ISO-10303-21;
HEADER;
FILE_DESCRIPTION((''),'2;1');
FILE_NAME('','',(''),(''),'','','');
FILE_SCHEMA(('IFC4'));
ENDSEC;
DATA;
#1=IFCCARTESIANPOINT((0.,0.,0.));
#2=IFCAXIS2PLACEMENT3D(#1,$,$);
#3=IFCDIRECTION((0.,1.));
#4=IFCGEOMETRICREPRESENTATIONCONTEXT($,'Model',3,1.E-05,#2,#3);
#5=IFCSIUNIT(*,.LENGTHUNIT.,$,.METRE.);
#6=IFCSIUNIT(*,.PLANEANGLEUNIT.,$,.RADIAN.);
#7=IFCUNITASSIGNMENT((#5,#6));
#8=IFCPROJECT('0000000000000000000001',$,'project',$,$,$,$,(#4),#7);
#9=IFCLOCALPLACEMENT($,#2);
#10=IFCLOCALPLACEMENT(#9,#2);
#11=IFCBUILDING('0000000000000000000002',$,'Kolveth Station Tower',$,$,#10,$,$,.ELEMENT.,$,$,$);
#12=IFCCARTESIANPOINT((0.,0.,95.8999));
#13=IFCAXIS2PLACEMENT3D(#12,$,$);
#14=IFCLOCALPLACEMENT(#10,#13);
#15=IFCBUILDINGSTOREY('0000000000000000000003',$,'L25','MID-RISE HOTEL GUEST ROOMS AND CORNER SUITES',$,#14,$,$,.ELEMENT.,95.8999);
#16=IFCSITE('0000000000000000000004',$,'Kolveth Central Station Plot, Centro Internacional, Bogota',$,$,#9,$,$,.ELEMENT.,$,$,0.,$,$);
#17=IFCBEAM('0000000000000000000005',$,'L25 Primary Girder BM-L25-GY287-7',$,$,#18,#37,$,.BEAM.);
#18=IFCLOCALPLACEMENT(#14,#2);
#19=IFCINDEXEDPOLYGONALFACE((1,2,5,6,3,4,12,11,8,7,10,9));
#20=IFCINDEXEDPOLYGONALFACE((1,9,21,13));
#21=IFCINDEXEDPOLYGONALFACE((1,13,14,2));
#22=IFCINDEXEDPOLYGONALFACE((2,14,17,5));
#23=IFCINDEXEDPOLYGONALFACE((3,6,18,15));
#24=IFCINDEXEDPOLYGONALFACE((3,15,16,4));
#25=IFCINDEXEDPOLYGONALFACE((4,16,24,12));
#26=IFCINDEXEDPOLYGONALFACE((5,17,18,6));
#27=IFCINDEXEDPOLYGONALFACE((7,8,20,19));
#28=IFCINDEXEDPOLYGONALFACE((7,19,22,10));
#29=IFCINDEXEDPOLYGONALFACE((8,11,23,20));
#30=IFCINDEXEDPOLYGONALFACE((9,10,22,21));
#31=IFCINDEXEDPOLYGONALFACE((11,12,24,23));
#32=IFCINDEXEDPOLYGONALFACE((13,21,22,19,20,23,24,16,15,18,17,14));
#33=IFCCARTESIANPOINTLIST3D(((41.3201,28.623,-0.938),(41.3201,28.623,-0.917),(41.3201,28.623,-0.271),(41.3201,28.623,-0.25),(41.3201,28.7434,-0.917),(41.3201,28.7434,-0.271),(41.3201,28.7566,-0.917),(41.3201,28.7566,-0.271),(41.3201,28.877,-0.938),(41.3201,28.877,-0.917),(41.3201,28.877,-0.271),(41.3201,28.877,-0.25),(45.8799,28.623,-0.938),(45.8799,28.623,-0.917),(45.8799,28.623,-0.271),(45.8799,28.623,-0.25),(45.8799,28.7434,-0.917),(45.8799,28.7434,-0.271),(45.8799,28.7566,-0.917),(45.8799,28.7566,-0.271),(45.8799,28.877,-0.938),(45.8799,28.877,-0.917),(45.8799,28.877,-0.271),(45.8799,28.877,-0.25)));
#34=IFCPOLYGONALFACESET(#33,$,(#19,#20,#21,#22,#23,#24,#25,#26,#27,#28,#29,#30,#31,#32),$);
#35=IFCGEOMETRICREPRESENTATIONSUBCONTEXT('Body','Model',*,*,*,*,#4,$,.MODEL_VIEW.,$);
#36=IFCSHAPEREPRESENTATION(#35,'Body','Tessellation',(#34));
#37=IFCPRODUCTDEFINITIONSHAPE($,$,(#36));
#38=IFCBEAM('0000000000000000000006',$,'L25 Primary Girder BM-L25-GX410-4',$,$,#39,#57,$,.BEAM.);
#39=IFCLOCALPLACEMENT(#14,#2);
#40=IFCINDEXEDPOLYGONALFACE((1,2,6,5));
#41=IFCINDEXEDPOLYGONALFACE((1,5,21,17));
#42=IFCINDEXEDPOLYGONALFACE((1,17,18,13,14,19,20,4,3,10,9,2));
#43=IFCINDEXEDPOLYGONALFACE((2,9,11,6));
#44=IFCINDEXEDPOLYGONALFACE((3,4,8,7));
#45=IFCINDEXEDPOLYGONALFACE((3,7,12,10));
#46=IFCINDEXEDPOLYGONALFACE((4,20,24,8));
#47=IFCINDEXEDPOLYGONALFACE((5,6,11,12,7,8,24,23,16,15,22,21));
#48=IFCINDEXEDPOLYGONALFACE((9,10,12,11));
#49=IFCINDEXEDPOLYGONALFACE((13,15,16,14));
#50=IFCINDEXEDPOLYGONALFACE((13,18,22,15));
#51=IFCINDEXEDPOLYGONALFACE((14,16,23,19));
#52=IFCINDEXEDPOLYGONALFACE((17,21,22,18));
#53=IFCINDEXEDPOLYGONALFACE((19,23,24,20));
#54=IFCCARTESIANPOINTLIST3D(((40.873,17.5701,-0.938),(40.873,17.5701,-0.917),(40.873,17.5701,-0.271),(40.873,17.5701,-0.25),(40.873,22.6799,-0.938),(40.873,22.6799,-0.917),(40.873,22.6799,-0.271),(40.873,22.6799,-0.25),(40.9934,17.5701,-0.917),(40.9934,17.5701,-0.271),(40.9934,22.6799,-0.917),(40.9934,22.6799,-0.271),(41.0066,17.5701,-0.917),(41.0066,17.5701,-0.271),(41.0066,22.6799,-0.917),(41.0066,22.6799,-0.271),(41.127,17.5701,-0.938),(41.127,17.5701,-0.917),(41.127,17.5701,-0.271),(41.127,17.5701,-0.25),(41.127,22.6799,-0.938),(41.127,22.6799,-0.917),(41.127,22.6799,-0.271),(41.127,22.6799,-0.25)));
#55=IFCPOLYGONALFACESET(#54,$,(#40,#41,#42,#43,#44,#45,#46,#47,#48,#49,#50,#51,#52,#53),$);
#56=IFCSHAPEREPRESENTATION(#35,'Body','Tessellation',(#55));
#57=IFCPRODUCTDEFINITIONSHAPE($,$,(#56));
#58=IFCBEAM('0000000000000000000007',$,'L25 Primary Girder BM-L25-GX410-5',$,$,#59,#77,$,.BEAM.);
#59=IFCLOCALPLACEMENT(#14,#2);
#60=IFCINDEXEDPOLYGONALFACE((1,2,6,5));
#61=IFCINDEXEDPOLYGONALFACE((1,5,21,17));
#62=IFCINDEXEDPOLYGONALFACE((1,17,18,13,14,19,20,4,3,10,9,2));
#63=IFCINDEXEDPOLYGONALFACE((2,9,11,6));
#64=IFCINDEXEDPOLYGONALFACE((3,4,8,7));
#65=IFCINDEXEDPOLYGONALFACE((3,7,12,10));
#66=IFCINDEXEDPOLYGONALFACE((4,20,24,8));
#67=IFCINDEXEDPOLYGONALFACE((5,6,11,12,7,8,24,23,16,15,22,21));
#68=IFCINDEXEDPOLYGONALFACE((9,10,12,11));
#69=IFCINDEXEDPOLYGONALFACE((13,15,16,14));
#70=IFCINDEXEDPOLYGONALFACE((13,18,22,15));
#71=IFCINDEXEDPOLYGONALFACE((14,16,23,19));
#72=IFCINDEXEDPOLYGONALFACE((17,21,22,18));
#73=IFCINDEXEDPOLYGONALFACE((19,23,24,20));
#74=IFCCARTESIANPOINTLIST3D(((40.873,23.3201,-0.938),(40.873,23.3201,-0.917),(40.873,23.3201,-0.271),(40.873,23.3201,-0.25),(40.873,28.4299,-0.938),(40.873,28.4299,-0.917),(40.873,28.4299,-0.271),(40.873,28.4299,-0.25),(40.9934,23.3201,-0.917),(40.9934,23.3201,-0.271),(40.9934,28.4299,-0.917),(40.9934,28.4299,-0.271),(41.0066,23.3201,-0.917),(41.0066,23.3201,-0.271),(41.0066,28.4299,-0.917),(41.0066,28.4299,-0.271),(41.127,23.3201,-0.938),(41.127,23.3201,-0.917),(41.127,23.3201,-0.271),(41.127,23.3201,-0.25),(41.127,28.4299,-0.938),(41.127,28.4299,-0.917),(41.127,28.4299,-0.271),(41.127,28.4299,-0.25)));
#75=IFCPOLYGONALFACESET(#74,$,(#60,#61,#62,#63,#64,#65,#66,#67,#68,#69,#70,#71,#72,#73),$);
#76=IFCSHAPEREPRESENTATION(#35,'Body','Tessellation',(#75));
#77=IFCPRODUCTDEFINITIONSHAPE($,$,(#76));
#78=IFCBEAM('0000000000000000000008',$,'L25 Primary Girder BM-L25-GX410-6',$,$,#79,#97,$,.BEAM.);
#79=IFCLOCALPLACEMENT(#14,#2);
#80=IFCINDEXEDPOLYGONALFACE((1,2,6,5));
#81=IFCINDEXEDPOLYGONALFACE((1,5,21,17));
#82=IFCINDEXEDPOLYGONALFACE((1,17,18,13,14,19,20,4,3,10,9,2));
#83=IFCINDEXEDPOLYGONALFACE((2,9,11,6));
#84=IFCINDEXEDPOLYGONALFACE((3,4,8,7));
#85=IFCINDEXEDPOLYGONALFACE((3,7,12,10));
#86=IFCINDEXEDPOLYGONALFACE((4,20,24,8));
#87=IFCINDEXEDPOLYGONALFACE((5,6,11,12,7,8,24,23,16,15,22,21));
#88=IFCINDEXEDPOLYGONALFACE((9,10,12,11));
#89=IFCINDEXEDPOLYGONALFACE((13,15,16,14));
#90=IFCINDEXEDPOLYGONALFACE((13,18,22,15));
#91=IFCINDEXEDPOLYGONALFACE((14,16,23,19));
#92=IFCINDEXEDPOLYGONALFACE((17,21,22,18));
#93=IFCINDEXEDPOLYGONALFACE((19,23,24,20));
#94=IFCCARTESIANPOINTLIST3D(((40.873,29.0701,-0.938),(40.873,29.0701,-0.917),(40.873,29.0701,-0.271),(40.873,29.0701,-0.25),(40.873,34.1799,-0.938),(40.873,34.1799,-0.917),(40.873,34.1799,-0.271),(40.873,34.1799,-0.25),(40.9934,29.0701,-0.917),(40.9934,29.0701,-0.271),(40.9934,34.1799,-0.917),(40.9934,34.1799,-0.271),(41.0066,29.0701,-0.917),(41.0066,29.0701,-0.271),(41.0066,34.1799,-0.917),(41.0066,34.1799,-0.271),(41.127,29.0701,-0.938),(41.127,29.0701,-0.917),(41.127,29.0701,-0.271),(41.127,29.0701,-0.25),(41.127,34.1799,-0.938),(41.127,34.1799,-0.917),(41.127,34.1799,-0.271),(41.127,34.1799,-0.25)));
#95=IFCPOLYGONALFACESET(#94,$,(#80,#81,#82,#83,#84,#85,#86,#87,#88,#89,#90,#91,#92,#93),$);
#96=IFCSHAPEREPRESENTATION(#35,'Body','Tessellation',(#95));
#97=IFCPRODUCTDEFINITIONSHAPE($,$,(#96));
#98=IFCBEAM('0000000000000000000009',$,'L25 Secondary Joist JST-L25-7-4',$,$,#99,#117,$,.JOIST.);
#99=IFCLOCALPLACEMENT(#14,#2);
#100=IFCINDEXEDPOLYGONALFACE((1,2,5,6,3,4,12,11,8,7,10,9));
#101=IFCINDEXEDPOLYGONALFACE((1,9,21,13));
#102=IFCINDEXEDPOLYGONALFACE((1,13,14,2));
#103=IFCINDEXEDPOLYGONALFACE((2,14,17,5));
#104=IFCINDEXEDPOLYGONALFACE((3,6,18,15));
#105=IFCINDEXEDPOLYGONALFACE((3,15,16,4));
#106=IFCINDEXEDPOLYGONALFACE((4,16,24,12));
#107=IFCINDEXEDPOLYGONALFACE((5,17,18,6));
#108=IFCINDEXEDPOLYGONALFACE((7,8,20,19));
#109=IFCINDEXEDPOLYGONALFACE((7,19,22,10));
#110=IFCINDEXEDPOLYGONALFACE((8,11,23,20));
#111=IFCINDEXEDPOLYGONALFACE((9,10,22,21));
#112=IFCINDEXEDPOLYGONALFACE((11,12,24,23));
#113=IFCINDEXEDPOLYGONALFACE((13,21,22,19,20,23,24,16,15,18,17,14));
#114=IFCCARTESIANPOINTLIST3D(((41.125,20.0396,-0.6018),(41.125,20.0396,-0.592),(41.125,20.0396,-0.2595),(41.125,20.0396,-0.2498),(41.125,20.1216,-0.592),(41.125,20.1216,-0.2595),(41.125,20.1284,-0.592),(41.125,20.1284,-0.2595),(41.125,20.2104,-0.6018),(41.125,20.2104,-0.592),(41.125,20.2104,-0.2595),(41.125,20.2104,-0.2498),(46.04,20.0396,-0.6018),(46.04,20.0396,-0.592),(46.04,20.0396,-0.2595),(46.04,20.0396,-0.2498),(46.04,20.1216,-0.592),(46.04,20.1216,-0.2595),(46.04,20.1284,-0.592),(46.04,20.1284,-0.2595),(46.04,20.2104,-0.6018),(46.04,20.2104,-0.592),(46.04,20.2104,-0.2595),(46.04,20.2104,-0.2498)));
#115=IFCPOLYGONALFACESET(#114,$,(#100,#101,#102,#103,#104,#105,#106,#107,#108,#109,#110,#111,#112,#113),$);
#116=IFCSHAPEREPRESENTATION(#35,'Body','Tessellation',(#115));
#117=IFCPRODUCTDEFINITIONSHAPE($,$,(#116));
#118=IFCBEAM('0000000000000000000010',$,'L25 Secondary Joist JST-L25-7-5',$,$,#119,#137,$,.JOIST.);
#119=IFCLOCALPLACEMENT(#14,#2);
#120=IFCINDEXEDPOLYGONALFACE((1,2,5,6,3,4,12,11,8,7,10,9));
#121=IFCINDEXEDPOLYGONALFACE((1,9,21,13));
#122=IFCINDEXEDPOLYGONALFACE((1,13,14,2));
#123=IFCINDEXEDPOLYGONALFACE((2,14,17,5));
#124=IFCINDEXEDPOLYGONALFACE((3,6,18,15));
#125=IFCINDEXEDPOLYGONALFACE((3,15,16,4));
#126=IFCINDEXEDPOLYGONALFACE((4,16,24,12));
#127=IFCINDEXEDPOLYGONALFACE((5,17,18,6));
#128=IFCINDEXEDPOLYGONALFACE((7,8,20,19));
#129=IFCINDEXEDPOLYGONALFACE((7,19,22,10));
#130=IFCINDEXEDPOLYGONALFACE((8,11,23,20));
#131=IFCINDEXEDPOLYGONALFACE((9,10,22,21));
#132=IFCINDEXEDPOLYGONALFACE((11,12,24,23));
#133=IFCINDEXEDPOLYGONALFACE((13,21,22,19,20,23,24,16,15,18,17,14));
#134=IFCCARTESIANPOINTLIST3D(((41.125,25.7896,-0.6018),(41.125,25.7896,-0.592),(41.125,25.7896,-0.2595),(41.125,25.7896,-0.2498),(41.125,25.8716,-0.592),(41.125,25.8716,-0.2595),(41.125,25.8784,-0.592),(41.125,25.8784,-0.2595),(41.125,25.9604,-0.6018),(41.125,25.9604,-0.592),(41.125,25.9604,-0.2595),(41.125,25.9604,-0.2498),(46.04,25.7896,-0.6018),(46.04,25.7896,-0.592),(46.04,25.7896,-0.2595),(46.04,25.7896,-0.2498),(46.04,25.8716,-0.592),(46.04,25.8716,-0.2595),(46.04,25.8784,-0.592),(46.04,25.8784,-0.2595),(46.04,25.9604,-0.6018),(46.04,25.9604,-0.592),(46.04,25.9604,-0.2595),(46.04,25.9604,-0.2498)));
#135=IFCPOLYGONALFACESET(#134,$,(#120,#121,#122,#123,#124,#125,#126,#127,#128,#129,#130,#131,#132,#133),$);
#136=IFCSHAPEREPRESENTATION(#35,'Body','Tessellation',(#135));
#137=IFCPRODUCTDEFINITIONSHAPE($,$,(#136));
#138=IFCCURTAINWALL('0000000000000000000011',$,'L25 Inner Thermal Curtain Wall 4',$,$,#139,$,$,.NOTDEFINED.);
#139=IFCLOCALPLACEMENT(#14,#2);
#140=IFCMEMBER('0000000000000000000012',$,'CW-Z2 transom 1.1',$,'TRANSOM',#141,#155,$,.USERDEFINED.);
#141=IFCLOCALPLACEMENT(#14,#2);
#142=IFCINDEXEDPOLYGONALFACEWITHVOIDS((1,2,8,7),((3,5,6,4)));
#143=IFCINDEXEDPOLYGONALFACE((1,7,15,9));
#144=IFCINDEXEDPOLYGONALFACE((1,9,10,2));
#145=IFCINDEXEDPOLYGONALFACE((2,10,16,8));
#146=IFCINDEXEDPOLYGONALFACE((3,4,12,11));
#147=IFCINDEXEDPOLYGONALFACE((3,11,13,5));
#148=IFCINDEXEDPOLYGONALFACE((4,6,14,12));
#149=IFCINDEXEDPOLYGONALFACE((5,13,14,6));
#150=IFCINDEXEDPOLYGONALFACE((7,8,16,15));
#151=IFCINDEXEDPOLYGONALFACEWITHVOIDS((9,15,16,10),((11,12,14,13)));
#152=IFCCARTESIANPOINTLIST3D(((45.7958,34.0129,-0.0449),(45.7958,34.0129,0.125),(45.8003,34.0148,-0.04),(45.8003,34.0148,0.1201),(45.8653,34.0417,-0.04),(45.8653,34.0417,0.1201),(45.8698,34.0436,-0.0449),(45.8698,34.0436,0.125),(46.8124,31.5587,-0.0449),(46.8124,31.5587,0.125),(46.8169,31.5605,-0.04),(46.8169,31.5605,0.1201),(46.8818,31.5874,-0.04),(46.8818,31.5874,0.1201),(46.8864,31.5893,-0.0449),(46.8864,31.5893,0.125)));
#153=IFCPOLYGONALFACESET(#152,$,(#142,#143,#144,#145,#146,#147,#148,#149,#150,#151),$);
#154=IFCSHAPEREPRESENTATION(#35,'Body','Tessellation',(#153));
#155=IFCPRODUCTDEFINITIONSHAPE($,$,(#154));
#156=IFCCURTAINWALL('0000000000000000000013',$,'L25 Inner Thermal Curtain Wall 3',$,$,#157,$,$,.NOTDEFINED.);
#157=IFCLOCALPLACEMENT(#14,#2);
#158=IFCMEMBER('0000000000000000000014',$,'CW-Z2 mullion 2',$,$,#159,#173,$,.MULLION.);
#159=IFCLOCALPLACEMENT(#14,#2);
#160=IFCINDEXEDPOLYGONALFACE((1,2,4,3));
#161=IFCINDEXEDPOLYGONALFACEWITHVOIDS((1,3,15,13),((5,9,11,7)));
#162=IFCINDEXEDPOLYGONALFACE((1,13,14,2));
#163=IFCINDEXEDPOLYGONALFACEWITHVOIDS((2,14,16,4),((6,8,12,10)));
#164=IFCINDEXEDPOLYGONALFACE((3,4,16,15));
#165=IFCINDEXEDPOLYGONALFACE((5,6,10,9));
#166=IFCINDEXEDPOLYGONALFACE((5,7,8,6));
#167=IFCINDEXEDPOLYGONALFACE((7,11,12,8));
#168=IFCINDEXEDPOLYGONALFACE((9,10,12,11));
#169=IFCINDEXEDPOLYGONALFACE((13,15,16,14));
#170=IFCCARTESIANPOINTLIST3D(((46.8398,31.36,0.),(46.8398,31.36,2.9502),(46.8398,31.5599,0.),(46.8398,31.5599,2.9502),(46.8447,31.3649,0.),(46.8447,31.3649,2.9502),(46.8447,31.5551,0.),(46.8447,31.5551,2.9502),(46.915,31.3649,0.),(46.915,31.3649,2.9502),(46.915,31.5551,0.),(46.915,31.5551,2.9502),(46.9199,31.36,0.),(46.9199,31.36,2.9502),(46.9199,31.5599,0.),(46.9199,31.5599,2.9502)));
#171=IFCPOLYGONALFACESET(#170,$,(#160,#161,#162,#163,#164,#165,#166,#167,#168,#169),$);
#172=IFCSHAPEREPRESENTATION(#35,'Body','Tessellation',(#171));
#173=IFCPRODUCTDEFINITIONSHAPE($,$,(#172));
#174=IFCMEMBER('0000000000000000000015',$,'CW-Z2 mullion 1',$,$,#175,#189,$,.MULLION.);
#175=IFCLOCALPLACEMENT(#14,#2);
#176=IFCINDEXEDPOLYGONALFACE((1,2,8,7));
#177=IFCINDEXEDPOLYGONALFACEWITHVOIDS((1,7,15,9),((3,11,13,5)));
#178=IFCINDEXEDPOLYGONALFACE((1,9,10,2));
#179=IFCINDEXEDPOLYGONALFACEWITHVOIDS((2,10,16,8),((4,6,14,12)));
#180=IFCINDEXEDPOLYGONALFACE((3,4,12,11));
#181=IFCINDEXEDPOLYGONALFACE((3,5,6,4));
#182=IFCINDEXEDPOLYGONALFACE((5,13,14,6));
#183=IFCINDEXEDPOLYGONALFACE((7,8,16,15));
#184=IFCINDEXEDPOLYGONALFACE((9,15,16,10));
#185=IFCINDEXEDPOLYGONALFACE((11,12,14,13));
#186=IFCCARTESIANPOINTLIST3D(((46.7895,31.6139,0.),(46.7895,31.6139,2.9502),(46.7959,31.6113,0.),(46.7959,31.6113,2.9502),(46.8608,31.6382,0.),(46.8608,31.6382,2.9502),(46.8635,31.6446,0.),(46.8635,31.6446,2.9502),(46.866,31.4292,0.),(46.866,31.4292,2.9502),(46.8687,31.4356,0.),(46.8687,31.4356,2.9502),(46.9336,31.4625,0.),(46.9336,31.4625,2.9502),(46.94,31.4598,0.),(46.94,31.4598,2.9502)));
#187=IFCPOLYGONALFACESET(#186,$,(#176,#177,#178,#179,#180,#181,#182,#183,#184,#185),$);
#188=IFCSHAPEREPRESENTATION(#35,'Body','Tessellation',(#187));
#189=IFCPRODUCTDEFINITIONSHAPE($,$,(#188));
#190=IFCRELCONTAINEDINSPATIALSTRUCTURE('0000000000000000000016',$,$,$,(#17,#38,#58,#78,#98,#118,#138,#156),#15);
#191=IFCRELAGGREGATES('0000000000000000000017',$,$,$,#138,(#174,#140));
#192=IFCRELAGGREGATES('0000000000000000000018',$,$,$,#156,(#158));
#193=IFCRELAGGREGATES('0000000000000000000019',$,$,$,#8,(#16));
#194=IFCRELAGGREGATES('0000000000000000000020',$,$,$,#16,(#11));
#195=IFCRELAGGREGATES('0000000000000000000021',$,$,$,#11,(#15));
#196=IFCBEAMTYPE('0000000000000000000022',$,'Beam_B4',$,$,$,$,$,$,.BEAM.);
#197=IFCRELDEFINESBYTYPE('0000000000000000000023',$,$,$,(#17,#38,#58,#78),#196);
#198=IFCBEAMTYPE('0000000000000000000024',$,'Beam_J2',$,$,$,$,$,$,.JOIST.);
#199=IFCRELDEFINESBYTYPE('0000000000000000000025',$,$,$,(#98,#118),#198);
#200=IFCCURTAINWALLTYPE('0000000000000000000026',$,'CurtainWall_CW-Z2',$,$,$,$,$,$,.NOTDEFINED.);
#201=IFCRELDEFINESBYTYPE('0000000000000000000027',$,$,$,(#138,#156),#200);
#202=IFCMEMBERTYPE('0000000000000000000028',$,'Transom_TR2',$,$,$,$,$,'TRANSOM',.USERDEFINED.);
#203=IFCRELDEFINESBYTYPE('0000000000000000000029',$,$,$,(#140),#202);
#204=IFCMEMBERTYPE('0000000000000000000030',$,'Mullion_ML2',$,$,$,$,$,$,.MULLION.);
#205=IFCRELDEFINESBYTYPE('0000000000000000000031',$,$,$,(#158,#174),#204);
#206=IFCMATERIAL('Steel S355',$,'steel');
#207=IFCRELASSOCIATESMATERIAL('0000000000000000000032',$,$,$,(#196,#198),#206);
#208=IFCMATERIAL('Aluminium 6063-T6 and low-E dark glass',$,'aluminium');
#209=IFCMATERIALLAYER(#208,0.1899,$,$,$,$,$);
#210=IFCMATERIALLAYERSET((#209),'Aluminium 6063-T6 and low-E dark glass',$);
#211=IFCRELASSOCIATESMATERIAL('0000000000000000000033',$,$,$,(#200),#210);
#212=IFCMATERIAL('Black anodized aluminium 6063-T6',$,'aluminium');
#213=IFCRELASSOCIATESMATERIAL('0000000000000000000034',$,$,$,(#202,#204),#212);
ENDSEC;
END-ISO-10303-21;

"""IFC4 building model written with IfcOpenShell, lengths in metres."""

from ifc_helpers import new_model, si_unit, direction, frame, origin, origin_2d, place, context, subcontext, project, spatial, hollow_rectangle, i_section, extrude, source, transform, mapped, material, layer, layer_set, material_profile, profile_set, type_object, element, aggregate, save


model = new_model("IFC4")

# Units and contexts
model_context = context("Model", 3, precision=1e-05, world=origin(), true_north=direction((0.0, 1.0)))
body_context = subcontext(model_context, "Body", "Model", "MODEL_VIEW")
ifc_project = project(units=[si_unit("LENGTHUNIT", "METRE"), si_unit("PLANEANGLEUNIT", "RADIAN")], contexts=[model_context])

# Site, building, storey
site_placement = place(None, origin())
site = spatial("IfcSite", under=ifc_project, at=site_placement, Name="Kolveth Central Station Plot, Centro Internacional, Bogota", CompositionType="ELEMENT", RefElevation=0.0)
building_placement = place(site_placement, origin())
building = spatial("IfcBuilding", under=site, at=building_placement, Name="Kolveth Station Tower", CompositionType="ELEMENT")
storey_placement = place(building_placement, frame((0.0, 0.0, 95.8999)))
storey = spatial("IfcBuildingStorey", under=building, at=storey_placement, Name="L25", Description="MID-RISE HOTEL GUEST ROOMS AND CORNER SUITES", CompositionType="ELEMENT", Elevation=95.8999)

# Beams
ifc_material_1 = material(Name="Steel S355", Category="steel")
ifc_material_profile_1 = material_profile(ifc_material_1, i_section(OverallWidth=0.2539, OverallDepth=0.688, WebThickness=0.0132, FlangeThickness=0.021, at=origin_2d()), Name="W690x152")
ifc_profile_set_1 = profile_set([ifc_material_profile_1], Name="Steel S355")
beam_type_1 = type_object("IfcBeamType", Name="Beam_B4", PredefinedType="BEAM", material=ifc_profile_set_1)
shared_shape_1 = source(origin(), body_context, "Body", "SweptSolid", [
    extrude(i_section(OverallWidth=0.2539, OverallDepth=0.688, WebThickness=0.0132, FlangeThickness=0.021, at=origin_2d()), origin(), (0.0, 0.0, 1.0), 4.5598),
])
for number, where, z_axis, x_axis, name in (
    (1, (41.3201, 28.75, -0.594), (1.0, 0.0, 0.0), (0.0, 1.0, 0.0), "L25 Primary Girder BM-L25-GY287-7"),
):
    element("IfcBeam", number, at=place(storey_placement, frame(where, z_axis=z_axis, x_axis=x_axis)), inside=storey, type_object=beam_type_1, Name=name, PredefinedType="BEAM", context=body_context, shape_type="MappedRepresentation", body=[
        mapped(shared_shape_1, transform((0.0, 0.0, 0.0), x_axis=(1.0, 0.0, 0.0), y_axis=(0.0, 1.0, 0.0), z_axis=(0.0, 0.0, 1.0), scale=1.0)),
    ])
shared_shape_2 = source(origin(), body_context, "Body", "SweptSolid", [
    extrude(i_section(OverallWidth=0.2539, OverallDepth=0.688, WebThickness=0.0132, FlangeThickness=0.021, at=origin_2d()), origin(), (0.0, 0.0, 1.0), 5.1099),
])
for number, where, z_axis, x_axis, name in (
    (2, (41.0, 17.5701, -0.594), (0.0, 1.0, 0.0), (-1.0, 0.0, 0.0), "L25 Primary Girder BM-L25-GX410-4"),
    (3, (41.0, 23.3201, -0.594), (0.0, 1.0, 0.0), (-1.0, 0.0, 0.0), "L25 Primary Girder BM-L25-GX410-5"),
    (4, (41.0, 29.0701, -0.594), (0.0, 1.0, 0.0), (-1.0, 0.0, 0.0), "L25 Primary Girder BM-L25-GX410-6"),
):
    element("IfcBeam", number, at=place(storey_placement, frame(where, z_axis=z_axis, x_axis=x_axis)), inside=storey, type_object=beam_type_1, Name=name, PredefinedType="BEAM", context=body_context, shape_type="MappedRepresentation", body=[
        mapped(shared_shape_2, transform((0.0, 0.0, 0.0), x_axis=(1.0, 0.0, 0.0), y_axis=(0.0, 1.0, 0.0), z_axis=(0.0, 0.0, 1.0), scale=1.0)),
    ])
ifc_material_profile_2 = material_profile(ifc_material_1, i_section(OverallWidth=0.1709, OverallDepth=0.3521, WebThickness=0.0068, FlangeThickness=0.0098, at=origin_2d()), Name="W360x44")
ifc_profile_set_2 = profile_set([ifc_material_profile_2], Name="Steel S355")
beam_type_2 = type_object("IfcBeamType", Name="Beam_J2", PredefinedType="JOIST", material=ifc_profile_set_2)
shared_shape_3 = source(origin(), body_context, "Body", "SweptSolid", [
    extrude(i_section(OverallWidth=0.1709, OverallDepth=0.3521, WebThickness=0.0068, FlangeThickness=0.0098, at=origin_2d()), origin(), (0.0, 0.0, 1.0), 4.915),
])
for number, where, z_axis, x_axis, name in (
    (5, (41.125, 20.125, -0.4258), (1.0, 0.0, 0.0), (0.0, 1.0, 0.0), "L25 Secondary Joist JST-L25-7-4"),
    (6, (41.125, 25.875, -0.4258), (1.0, 0.0, 0.0), (0.0, 1.0, 0.0), "L25 Secondary Joist JST-L25-7-5"),
):
    element("IfcBeam", number, at=place(storey_placement, frame(where, z_axis=z_axis, x_axis=x_axis)), inside=storey, type_object=beam_type_2, Name=name, PredefinedType="JOIST", context=body_context, shape_type="MappedRepresentation", body=[
        mapped(shared_shape_3, transform((0.0, 0.0, 0.0), x_axis=(1.0, 0.0, 0.0), y_axis=(0.0, 1.0, 0.0), z_axis=(0.0, 0.0, 1.0), scale=1.0)),
    ])

# Curtain walls, members
ifc_material_2 = material(Name="Aluminium 6063-T6 and low-E dark glass", Category="aluminium")
ifc_layer_1 = layer(ifc_material_2, 0.1899)
ifc_layer_set_1 = layer_set([ifc_layer_1], Name="Aluminium 6063-T6 and low-E dark glass")
curtain_wall_type = type_object("IfcCurtainWallType", Name="CurtainWall_CW-Z2", PredefinedType="NOTDEFINED", material=ifc_layer_set_1)
curtain_wall_1_placement = place(storey_placement, origin())
curtain_wall_1 = element("IfcCurtainWall", 7, at=curtain_wall_1_placement, inside=storey, type_object=curtain_wall_type, Name="L25 Inner Thermal Curtain Wall 4", PredefinedType="NOTDEFINED")
ifc_material_3 = material(Name="Black anodized aluminium 6063-T6", Category="aluminium")
ifc_material_profile_3 = material_profile(ifc_material_3, hollow_rectangle(XDim=0.0801, YDim=0.1699, WallThickness=0.0049, at=origin_2d()), Name="ALU-80x170x5")
ifc_profile_set_3 = profile_set([ifc_material_profile_3], Name="Black anodized aluminium 6063-T6")
member_type_1 = type_object("IfcMemberType", Name="Transom_TR2", ElementType="TRANSOM", PredefinedType="USERDEFINED", material=ifc_profile_set_3)
shared_shape_4 = source(origin(), body_context, "Body", "SweptSolid", [
    extrude(hollow_rectangle(XDim=0.0801, YDim=0.1699, WallThickness=0.0049, at=origin_2d()), origin(), (0.0, 0.0, 1.0), 2.6565),
])
member_1_placement = place(storey_placement, frame((46.8494, 31.574, 0.04), z_axis=(-0.382676, 0.923882, 0.0), x_axis=(-0.923882, -0.382676, 0.0)))
member_1 = element("IfcMember", 8, at=member_1_placement, type_object=member_type_1, Name="CW-Z2 transom 1.1", ObjectType="TRANSOM", PredefinedType="USERDEFINED", context=body_context, shape_type="MappedRepresentation", body=[
    mapped(shared_shape_4, transform((0.0, 0.0, 0.0), x_axis=(1.0, 0.0, 0.0), y_axis=(0.0, 1.0, 0.0), z_axis=(0.0, 0.0, 1.0), scale=1.0)),
])
curtain_wall_2_placement = place(storey_placement, origin())
curtain_wall_2 = element("IfcCurtainWall", 9, at=curtain_wall_2_placement, inside=storey, type_object=curtain_wall_type, Name="L25 Inner Thermal Curtain Wall 3", PredefinedType="NOTDEFINED")
ifc_material_profile_4 = material_profile(ifc_material_3, hollow_rectangle(XDim=0.0801, YDim=0.2, WallThickness=0.0049, at=origin_2d()), Name="ALU-80x200x5")
ifc_profile_set_4 = profile_set([ifc_material_profile_4], Name="Black anodized aluminium 6063-T6")
member_type_2 = type_object("IfcMemberType", Name="Mullion_ML2", PredefinedType="MULLION", material=ifc_profile_set_4)
shared_shape_5 = source(origin(), body_context, "Body", "SweptSolid", [
    extrude(hollow_rectangle(XDim=0.0801, YDim=0.2, WallThickness=0.0049, at=origin_2d()), origin(), (0.0, 0.0, 1.0), 2.9502),
])
member_2_placement = place(storey_placement, frame((46.8799, 31.46, 0.0), z_axis=(0.0, 0.0, 1.0), x_axis=(-1.0, 0.0, 0.0)))
member_2 = element("IfcMember", 10, at=member_2_placement, type_object=member_type_2, Name="CW-Z2 mullion 2", PredefinedType="MULLION", context=body_context, shape_type="MappedRepresentation", body=[
    mapped(shared_shape_5, transform((0.0, 0.0, 0.0), x_axis=(1.0, 0.0, 0.0), y_axis=(0.0, 1.0, 0.0), z_axis=(0.0, 0.0, 1.0), scale=1.0)),
])

# Member
member_3_placement = place(storey_placement, frame((46.8647, 31.5369, 0.0), z_axis=(0.0, 0.0, 1.0), x_axis=(-0.923888, -0.382663, 0.0)))
member_3 = element("IfcMember", 11, at=member_3_placement, type_object=member_type_2, Name="CW-Z2 mullion 1", PredefinedType="MULLION", context=body_context, shape_type="MappedRepresentation", body=[
    mapped(shared_shape_5, transform((0.0, 0.0, 0.0), x_axis=(1.0, 0.0, 0.0), y_axis=(0.0, 1.0, 0.0), z_axis=(0.0, 0.0, 1.0), scale=1.0)),
])
aggregate(curtain_wall_1, [member_3, member_1])

aggregate(curtain_wall_2, [member_2])

save(model, "model.ifc")
